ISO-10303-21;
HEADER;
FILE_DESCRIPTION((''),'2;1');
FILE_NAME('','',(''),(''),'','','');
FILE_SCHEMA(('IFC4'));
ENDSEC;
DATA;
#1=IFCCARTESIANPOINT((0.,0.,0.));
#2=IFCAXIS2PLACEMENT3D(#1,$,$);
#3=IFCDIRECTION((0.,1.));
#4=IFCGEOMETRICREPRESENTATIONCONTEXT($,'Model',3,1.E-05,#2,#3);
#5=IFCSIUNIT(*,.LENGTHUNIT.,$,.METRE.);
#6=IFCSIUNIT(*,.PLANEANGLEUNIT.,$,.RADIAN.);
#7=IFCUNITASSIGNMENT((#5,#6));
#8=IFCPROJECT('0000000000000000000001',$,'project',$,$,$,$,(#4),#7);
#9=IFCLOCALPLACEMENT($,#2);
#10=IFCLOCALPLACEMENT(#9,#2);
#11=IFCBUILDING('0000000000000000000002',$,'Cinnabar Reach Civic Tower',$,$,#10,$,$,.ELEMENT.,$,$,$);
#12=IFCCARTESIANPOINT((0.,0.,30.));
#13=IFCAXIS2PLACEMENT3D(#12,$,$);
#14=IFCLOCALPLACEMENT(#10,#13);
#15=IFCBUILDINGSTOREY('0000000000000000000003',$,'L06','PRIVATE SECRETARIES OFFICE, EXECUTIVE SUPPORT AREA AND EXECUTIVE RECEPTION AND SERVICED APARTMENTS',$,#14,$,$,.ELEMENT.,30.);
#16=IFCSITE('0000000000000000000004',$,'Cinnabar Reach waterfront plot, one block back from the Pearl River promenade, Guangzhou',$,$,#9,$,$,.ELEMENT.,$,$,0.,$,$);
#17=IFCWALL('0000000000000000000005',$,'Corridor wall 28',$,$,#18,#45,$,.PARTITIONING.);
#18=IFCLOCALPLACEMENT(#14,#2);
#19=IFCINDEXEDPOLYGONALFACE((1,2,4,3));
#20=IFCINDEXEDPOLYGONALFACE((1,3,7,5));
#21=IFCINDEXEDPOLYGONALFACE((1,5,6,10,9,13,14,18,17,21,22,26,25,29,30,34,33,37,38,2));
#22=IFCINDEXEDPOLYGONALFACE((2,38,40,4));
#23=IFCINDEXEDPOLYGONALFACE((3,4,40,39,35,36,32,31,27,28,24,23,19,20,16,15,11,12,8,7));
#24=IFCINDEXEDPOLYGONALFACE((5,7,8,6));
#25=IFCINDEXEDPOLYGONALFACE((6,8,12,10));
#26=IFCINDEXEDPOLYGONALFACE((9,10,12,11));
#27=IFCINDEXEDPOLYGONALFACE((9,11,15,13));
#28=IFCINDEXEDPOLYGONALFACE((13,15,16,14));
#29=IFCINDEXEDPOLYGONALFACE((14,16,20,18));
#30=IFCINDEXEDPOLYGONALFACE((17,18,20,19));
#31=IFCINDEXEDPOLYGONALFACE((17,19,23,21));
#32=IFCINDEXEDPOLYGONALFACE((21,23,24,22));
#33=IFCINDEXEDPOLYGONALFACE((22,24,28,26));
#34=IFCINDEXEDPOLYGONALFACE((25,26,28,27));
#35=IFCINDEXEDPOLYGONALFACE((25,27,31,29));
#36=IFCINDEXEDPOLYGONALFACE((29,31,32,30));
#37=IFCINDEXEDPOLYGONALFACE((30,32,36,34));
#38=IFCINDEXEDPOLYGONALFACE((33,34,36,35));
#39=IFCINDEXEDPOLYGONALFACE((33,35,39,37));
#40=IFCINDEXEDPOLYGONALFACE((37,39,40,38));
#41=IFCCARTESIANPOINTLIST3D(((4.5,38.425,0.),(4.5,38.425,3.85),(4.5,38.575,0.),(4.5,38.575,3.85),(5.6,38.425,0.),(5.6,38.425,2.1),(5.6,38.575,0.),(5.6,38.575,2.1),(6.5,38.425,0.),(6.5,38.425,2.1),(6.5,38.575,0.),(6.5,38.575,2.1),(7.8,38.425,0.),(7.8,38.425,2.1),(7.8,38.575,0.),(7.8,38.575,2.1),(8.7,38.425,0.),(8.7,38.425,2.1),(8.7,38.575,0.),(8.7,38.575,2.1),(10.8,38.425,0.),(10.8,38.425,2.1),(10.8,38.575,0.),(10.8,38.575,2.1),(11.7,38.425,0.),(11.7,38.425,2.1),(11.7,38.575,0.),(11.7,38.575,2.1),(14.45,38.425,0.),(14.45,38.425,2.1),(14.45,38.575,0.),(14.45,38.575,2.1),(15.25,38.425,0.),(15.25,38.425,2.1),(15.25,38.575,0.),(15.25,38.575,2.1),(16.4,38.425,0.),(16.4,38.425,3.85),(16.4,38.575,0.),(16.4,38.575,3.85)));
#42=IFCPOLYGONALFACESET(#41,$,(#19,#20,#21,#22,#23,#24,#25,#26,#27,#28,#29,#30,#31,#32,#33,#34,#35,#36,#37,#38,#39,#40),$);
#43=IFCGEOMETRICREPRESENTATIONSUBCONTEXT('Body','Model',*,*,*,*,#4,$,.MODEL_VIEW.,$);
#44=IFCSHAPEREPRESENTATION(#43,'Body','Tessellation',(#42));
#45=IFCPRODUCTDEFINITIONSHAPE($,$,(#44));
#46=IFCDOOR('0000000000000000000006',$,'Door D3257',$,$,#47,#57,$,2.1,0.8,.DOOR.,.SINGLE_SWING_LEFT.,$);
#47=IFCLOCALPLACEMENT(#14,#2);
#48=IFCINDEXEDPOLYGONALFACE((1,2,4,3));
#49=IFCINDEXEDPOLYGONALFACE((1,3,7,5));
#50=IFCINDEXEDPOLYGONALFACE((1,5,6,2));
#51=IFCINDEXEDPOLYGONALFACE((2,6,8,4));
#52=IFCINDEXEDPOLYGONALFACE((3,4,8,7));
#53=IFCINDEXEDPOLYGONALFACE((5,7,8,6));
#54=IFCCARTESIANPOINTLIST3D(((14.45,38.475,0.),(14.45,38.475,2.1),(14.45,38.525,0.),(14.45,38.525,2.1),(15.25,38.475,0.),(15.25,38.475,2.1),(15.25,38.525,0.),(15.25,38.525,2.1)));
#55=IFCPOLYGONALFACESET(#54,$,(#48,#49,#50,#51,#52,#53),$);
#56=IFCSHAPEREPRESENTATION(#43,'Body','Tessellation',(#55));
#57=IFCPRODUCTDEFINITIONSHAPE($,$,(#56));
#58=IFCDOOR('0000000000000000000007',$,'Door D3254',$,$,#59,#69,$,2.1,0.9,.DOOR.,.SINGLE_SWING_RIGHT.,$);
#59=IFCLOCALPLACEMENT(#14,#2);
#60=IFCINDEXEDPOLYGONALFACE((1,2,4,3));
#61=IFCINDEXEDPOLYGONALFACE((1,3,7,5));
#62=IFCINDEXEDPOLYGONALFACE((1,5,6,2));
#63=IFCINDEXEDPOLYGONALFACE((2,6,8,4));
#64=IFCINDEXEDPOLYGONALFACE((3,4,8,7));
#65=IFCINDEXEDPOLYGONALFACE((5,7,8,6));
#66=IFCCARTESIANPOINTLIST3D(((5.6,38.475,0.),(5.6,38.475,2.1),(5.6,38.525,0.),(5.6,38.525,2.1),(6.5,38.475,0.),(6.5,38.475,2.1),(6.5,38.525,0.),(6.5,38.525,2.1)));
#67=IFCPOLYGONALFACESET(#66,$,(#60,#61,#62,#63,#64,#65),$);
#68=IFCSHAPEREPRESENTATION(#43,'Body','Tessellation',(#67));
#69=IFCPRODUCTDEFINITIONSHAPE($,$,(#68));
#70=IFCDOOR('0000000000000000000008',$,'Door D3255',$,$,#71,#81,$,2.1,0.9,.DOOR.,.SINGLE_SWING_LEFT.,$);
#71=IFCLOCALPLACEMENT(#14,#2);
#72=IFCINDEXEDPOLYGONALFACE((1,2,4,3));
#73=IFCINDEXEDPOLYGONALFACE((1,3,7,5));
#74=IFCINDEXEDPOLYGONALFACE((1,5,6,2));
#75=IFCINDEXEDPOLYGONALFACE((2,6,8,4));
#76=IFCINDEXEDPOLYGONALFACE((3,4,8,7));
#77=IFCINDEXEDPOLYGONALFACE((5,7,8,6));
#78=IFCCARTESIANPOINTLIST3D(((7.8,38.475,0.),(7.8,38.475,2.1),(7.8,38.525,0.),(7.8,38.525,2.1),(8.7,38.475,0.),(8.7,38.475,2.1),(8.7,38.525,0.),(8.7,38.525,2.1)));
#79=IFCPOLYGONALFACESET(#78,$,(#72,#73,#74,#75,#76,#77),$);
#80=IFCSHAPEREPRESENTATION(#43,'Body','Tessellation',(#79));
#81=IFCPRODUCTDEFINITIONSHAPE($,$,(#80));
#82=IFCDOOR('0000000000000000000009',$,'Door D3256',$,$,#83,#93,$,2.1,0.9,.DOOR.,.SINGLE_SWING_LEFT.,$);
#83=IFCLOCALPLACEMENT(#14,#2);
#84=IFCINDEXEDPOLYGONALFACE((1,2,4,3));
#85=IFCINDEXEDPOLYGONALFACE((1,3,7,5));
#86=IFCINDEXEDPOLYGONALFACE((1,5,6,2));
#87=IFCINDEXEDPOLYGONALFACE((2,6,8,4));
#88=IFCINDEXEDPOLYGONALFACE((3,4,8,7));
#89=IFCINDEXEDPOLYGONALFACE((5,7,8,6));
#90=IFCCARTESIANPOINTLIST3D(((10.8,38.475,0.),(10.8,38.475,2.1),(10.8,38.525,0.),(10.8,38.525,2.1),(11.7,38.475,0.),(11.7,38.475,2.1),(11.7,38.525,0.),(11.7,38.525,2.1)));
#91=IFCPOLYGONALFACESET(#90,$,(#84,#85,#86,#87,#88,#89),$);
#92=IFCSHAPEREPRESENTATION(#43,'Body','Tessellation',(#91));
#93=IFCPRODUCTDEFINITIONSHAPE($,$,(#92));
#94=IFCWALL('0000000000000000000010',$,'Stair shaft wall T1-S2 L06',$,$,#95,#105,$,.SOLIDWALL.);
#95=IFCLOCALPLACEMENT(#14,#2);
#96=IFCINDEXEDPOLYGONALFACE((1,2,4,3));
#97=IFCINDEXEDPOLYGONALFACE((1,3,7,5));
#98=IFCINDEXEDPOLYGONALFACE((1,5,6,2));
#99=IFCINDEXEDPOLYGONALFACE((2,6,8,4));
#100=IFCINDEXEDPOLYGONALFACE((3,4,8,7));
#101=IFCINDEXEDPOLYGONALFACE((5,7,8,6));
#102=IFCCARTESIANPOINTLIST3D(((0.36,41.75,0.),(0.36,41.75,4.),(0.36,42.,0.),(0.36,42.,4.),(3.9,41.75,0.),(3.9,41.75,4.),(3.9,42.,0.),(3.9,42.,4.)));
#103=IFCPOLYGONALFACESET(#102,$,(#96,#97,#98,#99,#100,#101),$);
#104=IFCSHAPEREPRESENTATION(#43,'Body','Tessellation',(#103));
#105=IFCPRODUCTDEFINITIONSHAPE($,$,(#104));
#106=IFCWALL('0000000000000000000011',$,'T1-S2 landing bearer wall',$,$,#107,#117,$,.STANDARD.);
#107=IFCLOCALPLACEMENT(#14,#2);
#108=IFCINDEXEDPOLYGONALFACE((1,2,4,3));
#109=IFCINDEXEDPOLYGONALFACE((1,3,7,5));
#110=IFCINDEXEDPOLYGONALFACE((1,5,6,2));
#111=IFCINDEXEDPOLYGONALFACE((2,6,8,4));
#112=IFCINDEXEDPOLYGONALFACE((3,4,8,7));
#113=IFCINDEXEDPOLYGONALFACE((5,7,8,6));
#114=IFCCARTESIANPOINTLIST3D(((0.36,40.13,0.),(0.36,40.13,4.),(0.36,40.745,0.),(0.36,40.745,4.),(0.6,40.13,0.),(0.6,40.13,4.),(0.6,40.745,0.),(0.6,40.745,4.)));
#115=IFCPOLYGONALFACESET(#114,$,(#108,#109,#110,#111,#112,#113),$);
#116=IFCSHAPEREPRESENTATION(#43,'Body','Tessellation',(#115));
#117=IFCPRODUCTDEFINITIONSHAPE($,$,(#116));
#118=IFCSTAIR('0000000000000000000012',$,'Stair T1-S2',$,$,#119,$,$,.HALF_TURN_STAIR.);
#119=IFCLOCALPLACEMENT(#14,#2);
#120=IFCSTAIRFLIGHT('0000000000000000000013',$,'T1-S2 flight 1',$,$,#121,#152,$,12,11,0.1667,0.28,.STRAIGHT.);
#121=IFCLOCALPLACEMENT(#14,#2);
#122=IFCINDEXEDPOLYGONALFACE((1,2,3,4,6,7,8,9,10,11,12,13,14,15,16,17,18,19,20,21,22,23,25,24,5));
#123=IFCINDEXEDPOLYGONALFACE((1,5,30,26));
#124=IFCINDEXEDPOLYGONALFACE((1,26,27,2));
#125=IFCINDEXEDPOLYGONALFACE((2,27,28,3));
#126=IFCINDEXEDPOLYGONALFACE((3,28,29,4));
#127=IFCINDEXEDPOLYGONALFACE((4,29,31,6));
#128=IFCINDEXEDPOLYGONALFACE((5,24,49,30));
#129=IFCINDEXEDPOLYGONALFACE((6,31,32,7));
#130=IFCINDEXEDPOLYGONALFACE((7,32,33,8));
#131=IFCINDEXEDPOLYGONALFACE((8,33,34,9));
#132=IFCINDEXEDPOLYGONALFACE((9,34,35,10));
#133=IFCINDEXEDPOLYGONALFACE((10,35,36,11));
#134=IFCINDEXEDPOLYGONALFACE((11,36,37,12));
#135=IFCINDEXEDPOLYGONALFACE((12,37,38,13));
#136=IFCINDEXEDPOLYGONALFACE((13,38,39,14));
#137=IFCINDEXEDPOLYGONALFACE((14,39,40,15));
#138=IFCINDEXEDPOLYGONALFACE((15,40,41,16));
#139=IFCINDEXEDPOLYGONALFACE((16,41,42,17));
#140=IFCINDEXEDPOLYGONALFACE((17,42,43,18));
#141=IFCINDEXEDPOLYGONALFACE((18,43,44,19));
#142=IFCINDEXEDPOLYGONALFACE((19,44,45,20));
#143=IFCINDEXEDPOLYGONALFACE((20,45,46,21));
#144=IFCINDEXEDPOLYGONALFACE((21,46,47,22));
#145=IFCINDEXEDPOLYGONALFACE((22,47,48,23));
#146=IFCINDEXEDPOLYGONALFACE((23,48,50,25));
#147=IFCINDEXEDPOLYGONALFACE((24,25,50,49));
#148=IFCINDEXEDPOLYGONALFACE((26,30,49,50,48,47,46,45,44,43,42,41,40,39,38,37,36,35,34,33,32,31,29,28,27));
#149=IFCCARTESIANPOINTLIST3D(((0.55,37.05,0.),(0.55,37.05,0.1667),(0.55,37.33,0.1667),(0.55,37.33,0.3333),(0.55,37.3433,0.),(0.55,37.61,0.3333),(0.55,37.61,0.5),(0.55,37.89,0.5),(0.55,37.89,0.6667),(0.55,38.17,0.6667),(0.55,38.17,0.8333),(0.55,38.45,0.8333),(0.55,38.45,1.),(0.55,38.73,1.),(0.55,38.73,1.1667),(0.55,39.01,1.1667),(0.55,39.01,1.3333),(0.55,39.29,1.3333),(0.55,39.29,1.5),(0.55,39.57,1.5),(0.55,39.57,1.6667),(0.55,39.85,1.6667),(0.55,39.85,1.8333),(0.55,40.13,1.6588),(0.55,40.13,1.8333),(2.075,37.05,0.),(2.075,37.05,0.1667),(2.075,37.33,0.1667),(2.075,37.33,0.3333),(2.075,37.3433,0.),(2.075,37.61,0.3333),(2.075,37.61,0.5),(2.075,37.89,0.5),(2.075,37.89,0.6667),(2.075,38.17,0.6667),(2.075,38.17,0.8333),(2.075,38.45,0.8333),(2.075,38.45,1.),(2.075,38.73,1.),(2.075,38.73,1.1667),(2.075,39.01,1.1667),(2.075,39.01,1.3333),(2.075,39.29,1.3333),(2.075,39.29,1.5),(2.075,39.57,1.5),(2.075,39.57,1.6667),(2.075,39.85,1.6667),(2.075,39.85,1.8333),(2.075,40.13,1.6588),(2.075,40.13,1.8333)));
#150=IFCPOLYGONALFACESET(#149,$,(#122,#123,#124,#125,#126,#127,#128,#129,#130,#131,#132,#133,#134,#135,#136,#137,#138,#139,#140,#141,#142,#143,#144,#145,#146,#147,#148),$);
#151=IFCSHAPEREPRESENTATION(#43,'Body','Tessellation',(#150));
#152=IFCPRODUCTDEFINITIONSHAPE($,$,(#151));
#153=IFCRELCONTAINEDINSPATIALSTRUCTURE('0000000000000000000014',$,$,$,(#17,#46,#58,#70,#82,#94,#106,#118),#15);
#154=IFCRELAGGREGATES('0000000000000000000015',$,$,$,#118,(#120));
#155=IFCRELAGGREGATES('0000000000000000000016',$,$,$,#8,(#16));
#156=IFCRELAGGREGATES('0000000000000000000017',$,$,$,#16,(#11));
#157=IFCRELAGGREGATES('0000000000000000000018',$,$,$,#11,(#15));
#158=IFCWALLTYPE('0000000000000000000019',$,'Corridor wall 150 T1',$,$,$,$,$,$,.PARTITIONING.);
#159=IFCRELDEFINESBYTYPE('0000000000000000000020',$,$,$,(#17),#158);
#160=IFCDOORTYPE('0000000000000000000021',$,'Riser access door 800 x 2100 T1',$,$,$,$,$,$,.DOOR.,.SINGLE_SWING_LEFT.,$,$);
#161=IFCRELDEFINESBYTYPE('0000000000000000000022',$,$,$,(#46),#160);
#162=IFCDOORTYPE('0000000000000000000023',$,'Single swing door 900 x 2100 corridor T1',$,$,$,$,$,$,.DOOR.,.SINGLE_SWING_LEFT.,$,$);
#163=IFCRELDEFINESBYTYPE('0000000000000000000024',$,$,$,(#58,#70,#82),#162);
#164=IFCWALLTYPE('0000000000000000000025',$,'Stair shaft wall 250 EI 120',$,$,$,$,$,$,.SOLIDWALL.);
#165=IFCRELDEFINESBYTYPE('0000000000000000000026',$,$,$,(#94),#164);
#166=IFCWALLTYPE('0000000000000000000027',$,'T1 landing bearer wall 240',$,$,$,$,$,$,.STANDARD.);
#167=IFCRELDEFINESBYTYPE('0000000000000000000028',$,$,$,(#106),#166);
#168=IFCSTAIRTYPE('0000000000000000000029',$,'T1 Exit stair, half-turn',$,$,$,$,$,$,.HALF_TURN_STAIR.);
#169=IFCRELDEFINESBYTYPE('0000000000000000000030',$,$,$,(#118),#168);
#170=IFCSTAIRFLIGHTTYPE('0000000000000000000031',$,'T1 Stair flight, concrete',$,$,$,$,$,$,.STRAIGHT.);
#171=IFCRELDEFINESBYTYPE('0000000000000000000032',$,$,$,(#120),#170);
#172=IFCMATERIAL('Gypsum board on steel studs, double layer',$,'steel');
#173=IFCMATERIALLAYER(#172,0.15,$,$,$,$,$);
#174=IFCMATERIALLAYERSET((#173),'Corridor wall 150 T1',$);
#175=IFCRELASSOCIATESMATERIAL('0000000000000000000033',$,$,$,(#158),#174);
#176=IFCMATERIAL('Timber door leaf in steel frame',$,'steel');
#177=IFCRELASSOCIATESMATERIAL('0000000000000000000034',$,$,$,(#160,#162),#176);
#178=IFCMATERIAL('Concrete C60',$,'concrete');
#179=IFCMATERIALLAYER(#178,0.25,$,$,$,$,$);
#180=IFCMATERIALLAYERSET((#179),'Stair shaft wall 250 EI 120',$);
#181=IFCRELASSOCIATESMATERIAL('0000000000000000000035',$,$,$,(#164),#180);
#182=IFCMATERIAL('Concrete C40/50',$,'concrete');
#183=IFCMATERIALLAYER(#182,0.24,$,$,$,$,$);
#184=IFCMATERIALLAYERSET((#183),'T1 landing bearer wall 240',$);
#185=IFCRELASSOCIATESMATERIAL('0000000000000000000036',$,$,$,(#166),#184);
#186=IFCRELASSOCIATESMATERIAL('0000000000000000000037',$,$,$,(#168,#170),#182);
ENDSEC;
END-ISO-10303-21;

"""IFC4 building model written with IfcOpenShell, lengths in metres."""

from ifc_helpers import new_model, si_unit, direction, frame, frame_2d, origin, place, context, subcontext, project, spatial, polyline, rectangle, outline, extrude, material, layer, layer_set, type_object, element, fill, aggregate, save


model = new_model("IFC4")

# Units and contexts
model_context = context("Model", 3, precision=1e-05, world=origin(), true_north=direction((0.0, 1.0)))
body_context = subcontext(model_context, "Body", "Model", "MODEL_VIEW")
ifc_project = project(units=[si_unit("LENGTHUNIT", "METRE"), si_unit("PLANEANGLEUNIT", "RADIAN")], contexts=[model_context])

# Site, building, storey
site_placement = place(None, origin())
site = spatial("IfcSite", under=ifc_project, at=site_placement, Name="Cinnabar Reach waterfront plot, one block back from the Pearl River promenade, Guangzhou", CompositionType="ELEMENT", RefElevation=0.0)
building_placement = place(site_placement, origin())
building = spatial("IfcBuilding", under=site, at=building_placement, Name="Cinnabar Reach Civic Tower", CompositionType="ELEMENT")
storey_placement = place(building_placement, frame((0.0, 0.0, 30.0)))
storey = spatial("IfcBuildingStorey", under=building, at=storey_placement, Name="L06", Description="PRIVATE SECRETARIES OFFICE, EXECUTIVE SUPPORT AREA AND EXECUTIVE RECEPTION AND SERVICED APARTMENTS", CompositionType="ELEMENT", Elevation=30.0)

# Shared definitions
ifc_material_1 = material(Name="Timber door leaf in steel frame", Category="steel")

# Wall, openings, doors
ifc_material_2 = material(Name="Gypsum board on steel studs, double layer", Category="steel")
ifc_layer_1 = layer(ifc_material_2, 0.15)
ifc_layer_set_1 = layer_set([ifc_layer_1], Name="Corridor wall 150 T1")
wall_type_1 = type_object("IfcWallType", Name="Corridor wall 150 T1", PredefinedType="PARTITIONING", material=ifc_layer_set_1)
wall_1_placement = place(storey_placement, frame((4.5, 38.5, 0.0), z_axis=(0.0, 0.0, 1.0), x_axis=(1.0, 0.0, 0.0)))
wall_1 = element("IfcWall", 1, at=wall_1_placement, inside=storey, type_object=wall_type_1, Name="Corridor wall 28", PredefinedType="PARTITIONING", context=body_context, shape_type="SweptSolid", body=[
    extrude(rectangle(XDim=11.9, YDim=0.15, at=frame_2d((5.95, 0.0))), origin(), (0.0, 0.0, 1.0), 3.85),
])
opening_1_placement = place(wall_1_placement, frame((1.1, 0.0, 0.0)))
opening_1 = element("IfcOpeningElement", 2, at=opening_1_placement, cuts=wall_1, PredefinedType="OPENING", context=body_context, shape_type="SweptSolid", body=[
    extrude(rectangle(XDim=0.9, YDim=2.1, at=frame_2d((0.45, 1.05))), frame((0.0, 0.085, 0.0), z_axis=(0.0, -1.0, 0.0), x_axis=(1.0, 0.0, 0.0)), (0.0, 0.0, 1.0), 0.17),
])
opening_2_placement = place(wall_1_placement, frame((3.3, 0.0, 0.0)))
opening_2 = element("IfcOpeningElement", 3, at=opening_2_placement, cuts=wall_1, PredefinedType="OPENING", context=body_context, shape_type="SweptSolid", body=[
    extrude(rectangle(XDim=0.9, YDim=2.1, at=frame_2d((0.45, 1.05))), frame((0.0, 0.085, 0.0), z_axis=(0.0, -1.0, 0.0), x_axis=(1.0, 0.0, 0.0)), (0.0, 0.0, 1.0), 0.17),
])
opening_3_placement = place(wall_1_placement, frame((6.3, 0.0, 0.0)))
opening_3 = element("IfcOpeningElement", 4, at=opening_3_placement, cuts=wall_1, PredefinedType="OPENING", context=body_context, shape_type="SweptSolid", body=[
    extrude(rectangle(XDim=0.9, YDim=2.1, at=frame_2d((0.45, 1.05))), frame((0.0, 0.085, 0.0), z_axis=(0.0, -1.0, 0.0), x_axis=(1.0, 0.0, 0.0)), (0.0, 0.0, 1.0), 0.17),
])
opening_4_placement = place(wall_1_placement, frame((9.95, 0.0, 0.0)))
opening_4 = element("IfcOpeningElement", 5, at=opening_4_placement, cuts=wall_1, PredefinedType="OPENING", context=body_context, shape_type="SweptSolid", body=[
    extrude(rectangle(XDim=0.8, YDim=2.1, at=frame_2d((0.4, 1.05))), frame((0.0, 0.085, 0.0), z_axis=(0.0, -1.0, 0.0), x_axis=(1.0, 0.0, 0.0)), (0.0, 0.0, 1.0), 0.17),
])
door_type_1 = type_object("IfcDoorType", Name="Riser access door 800 x 2100 T1", OperationType="SINGLE_SWING_LEFT", PredefinedType="DOOR", material=ifc_material_1)
door_1_placement = place(opening_4_placement, origin())
door_1 = element("IfcDoor", 6, at=door_1_placement, inside=storey, type_object=door_type_1, Name="Door D3257", OperationType="SINGLE_SWING_LEFT", OverallHeight=2.1, OverallWidth=0.8, PredefinedType="DOOR", context=body_context, shape_type="SweptSolid", body=[
    extrude(rectangle(XDim=0.8, YDim=2.1, at=frame_2d((0.4, 1.05))), frame((0.0, 0.025, 0.0), z_axis=(0.0, -1.0, 0.0), x_axis=(1.0, 0.0, 0.0)), (0.0, 0.0, 1.0), 0.05),
])
fill(opening_4, door_1)
door_type_2 = type_object("IfcDoorType", Name="Single swing door 900 x 2100 corridor T1", OperationType="SINGLE_SWING_LEFT", PredefinedType="DOOR", material=ifc_material_1)
door_2_placement = place(opening_1_placement, origin())
door_2 = element("IfcDoor", 7, at=door_2_placement, inside=storey, type_object=door_type_2, Name="Door D3254", OperationType="SINGLE_SWING_RIGHT", OverallHeight=2.1, OverallWidth=0.9, PredefinedType="DOOR", context=body_context, shape_type="SweptSolid", body=[
    extrude(rectangle(XDim=0.9, YDim=2.1, at=frame_2d((0.45, 1.05))), frame((0.0, 0.025, 0.0), z_axis=(0.0, -1.0, 0.0), x_axis=(1.0, 0.0, 0.0)), (0.0, 0.0, 1.0), 0.05),
])
fill(opening_1, door_2)
door_3_placement = place(opening_2_placement, origin())
door_3 = element("IfcDoor", 8, at=door_3_placement, inside=storey, type_object=door_type_2, Name="Door D3255", OperationType="SINGLE_SWING_LEFT", OverallHeight=2.1, OverallWidth=0.9, PredefinedType="DOOR", context=body_context, shape_type="SweptSolid", body=[
    extrude(rectangle(XDim=0.9, YDim=2.1, at=frame_2d((0.45, 1.05))), frame((0.0, 0.025, 0.0), z_axis=(0.0, -1.0, 0.0), x_axis=(1.0, 0.0, 0.0)), (0.0, 0.0, 1.0), 0.05),
])
fill(opening_2, door_3)
door_4_placement = place(opening_3_placement, origin())
door_4 = element("IfcDoor", 9, at=door_4_placement, inside=storey, type_object=door_type_2, Name="Door D3256", OperationType="SINGLE_SWING_LEFT", OverallHeight=2.1, OverallWidth=0.9, PredefinedType="DOOR", context=body_context, shape_type="SweptSolid", body=[
    extrude(rectangle(XDim=0.9, YDim=2.1, at=frame_2d((0.45, 1.05))), frame((0.0, 0.025, 0.0), z_axis=(0.0, -1.0, 0.0), x_axis=(1.0, 0.0, 0.0)), (0.0, 0.0, 1.0), 0.05),
])
fill(opening_3, door_4)

# Walls
ifc_material_3 = material(Name="Concrete C60", Category="concrete")
ifc_layer_2 = layer(ifc_material_3, 0.25)
ifc_layer_set_2 = layer_set([ifc_layer_2], Name="Stair shaft wall 250 EI 120")
wall_type_2 = type_object("IfcWallType", Name="Stair shaft wall 250 EI 120", PredefinedType="SOLIDWALL", material=ifc_layer_set_2)
wall_2_placement = place(storey_placement, frame((3.9, 41.875, 0.0), z_axis=(0.0, 0.0, 1.0), x_axis=(-1.0, 0.0, 0.0)))
element("IfcWall", 10, at=wall_2_placement, inside=storey, type_object=wall_type_2, Name="Stair shaft wall T1-S2 L06", PredefinedType="SOLIDWALL", context=body_context, shape_type="SweptSolid", body=[
    extrude(rectangle(XDim=3.54, YDim=0.25, at=frame_2d((1.77, 0.0))), origin(), (0.0, 0.0, 1.0), 4.0),
])
ifc_material_4 = material(Name="Concrete C40/50", Category="concrete")
ifc_layer_3 = layer(ifc_material_4, 0.24)
ifc_layer_set_3 = layer_set([ifc_layer_3], Name="T1 landing bearer wall 240")
wall_type_3 = type_object("IfcWallType", Name="T1 landing bearer wall 240", PredefinedType="STANDARD", material=ifc_layer_set_3)
wall_3_placement = place(storey_placement, frame((0.48, 40.13, 0.0), z_axis=(0.0, 0.0, 1.0), x_axis=(0.0, 1.0, 0.0)))
element("IfcWall", 11, at=wall_3_placement, inside=storey, type_object=wall_type_3, Name="T1-S2 landing bearer wall", PredefinedType="STANDARD", context=body_context, shape_type="SweptSolid", body=[
    extrude(rectangle(XDim=0.6151, YDim=0.24, at=frame_2d((0.3075, 0.0))), origin(), (0.0, 0.0, 1.0), 4.0),
])

# Stair, stair flight
stair_type = type_object("IfcStairType", Name="T1 Exit stair, half-turn", PredefinedType="HALF_TURN_STAIR", material=ifc_material_4)
stair_placement = place(storey_placement, origin())
stair = element("IfcStair", 12, at=stair_placement, inside=storey, type_object=stair_type, Name="Stair T1-S2", PredefinedType="HALF_TURN_STAIR")
stair_flight_type = type_object("IfcStairFlightType", Name="T1 Stair flight, concrete", PredefinedType="STRAIGHT", material=ifc_material_4)
stair_flight_1_placement = place(storey_placement, frame((1.3125, 37.05, 0.0), z_axis=(0.0, 0.0, 1.0), x_axis=(0.0, 1.0, 0.0)))
stair_flight_1 = element("IfcStairFlight", 13, at=stair_flight_1_placement, type_object=stair_flight_type, Name="T1-S2 flight 1", NumberOfRisers=12, NumberOfTreads=11, PredefinedType="STRAIGHT", RiserHeight=0.1667, TreadLength=0.28, context=body_context, shape_type="SweptSolid", body=[
    extrude(outline(polyline([(0.0, 0.0), (0.0, 0.1667), (0.28, 0.1667), (0.28, 0.3333), (0.56, 0.3333), (0.56, 0.5), (0.84, 0.5), (0.84, 0.6667), (1.12, 0.6667), (1.12, 0.8333), (1.4, 0.8333), (1.4, 1.0), (1.68, 1.0), (1.68, 1.1667), (1.96, 1.1667), (1.96, 1.3333), (2.24, 1.3333), (2.24, 1.5), (2.52, 1.5), (2.52, 1.6667), (2.8, 1.6667), (2.8, 1.8333), (3.08, 1.8333), (3.08, 2.0), (3.08, 1.6588), (0.2933, 0.0), (0.0, 0.0)])), frame((0.0, 0.7625, 0.0), z_axis=(0.0, -1.0, 0.0), x_axis=(1.0, 0.0, 0.0)), (0.0, 0.0, 1.0), 1.525),
])
aggregate(stair, [stair_flight_1])

save(model, "model.ifc")
